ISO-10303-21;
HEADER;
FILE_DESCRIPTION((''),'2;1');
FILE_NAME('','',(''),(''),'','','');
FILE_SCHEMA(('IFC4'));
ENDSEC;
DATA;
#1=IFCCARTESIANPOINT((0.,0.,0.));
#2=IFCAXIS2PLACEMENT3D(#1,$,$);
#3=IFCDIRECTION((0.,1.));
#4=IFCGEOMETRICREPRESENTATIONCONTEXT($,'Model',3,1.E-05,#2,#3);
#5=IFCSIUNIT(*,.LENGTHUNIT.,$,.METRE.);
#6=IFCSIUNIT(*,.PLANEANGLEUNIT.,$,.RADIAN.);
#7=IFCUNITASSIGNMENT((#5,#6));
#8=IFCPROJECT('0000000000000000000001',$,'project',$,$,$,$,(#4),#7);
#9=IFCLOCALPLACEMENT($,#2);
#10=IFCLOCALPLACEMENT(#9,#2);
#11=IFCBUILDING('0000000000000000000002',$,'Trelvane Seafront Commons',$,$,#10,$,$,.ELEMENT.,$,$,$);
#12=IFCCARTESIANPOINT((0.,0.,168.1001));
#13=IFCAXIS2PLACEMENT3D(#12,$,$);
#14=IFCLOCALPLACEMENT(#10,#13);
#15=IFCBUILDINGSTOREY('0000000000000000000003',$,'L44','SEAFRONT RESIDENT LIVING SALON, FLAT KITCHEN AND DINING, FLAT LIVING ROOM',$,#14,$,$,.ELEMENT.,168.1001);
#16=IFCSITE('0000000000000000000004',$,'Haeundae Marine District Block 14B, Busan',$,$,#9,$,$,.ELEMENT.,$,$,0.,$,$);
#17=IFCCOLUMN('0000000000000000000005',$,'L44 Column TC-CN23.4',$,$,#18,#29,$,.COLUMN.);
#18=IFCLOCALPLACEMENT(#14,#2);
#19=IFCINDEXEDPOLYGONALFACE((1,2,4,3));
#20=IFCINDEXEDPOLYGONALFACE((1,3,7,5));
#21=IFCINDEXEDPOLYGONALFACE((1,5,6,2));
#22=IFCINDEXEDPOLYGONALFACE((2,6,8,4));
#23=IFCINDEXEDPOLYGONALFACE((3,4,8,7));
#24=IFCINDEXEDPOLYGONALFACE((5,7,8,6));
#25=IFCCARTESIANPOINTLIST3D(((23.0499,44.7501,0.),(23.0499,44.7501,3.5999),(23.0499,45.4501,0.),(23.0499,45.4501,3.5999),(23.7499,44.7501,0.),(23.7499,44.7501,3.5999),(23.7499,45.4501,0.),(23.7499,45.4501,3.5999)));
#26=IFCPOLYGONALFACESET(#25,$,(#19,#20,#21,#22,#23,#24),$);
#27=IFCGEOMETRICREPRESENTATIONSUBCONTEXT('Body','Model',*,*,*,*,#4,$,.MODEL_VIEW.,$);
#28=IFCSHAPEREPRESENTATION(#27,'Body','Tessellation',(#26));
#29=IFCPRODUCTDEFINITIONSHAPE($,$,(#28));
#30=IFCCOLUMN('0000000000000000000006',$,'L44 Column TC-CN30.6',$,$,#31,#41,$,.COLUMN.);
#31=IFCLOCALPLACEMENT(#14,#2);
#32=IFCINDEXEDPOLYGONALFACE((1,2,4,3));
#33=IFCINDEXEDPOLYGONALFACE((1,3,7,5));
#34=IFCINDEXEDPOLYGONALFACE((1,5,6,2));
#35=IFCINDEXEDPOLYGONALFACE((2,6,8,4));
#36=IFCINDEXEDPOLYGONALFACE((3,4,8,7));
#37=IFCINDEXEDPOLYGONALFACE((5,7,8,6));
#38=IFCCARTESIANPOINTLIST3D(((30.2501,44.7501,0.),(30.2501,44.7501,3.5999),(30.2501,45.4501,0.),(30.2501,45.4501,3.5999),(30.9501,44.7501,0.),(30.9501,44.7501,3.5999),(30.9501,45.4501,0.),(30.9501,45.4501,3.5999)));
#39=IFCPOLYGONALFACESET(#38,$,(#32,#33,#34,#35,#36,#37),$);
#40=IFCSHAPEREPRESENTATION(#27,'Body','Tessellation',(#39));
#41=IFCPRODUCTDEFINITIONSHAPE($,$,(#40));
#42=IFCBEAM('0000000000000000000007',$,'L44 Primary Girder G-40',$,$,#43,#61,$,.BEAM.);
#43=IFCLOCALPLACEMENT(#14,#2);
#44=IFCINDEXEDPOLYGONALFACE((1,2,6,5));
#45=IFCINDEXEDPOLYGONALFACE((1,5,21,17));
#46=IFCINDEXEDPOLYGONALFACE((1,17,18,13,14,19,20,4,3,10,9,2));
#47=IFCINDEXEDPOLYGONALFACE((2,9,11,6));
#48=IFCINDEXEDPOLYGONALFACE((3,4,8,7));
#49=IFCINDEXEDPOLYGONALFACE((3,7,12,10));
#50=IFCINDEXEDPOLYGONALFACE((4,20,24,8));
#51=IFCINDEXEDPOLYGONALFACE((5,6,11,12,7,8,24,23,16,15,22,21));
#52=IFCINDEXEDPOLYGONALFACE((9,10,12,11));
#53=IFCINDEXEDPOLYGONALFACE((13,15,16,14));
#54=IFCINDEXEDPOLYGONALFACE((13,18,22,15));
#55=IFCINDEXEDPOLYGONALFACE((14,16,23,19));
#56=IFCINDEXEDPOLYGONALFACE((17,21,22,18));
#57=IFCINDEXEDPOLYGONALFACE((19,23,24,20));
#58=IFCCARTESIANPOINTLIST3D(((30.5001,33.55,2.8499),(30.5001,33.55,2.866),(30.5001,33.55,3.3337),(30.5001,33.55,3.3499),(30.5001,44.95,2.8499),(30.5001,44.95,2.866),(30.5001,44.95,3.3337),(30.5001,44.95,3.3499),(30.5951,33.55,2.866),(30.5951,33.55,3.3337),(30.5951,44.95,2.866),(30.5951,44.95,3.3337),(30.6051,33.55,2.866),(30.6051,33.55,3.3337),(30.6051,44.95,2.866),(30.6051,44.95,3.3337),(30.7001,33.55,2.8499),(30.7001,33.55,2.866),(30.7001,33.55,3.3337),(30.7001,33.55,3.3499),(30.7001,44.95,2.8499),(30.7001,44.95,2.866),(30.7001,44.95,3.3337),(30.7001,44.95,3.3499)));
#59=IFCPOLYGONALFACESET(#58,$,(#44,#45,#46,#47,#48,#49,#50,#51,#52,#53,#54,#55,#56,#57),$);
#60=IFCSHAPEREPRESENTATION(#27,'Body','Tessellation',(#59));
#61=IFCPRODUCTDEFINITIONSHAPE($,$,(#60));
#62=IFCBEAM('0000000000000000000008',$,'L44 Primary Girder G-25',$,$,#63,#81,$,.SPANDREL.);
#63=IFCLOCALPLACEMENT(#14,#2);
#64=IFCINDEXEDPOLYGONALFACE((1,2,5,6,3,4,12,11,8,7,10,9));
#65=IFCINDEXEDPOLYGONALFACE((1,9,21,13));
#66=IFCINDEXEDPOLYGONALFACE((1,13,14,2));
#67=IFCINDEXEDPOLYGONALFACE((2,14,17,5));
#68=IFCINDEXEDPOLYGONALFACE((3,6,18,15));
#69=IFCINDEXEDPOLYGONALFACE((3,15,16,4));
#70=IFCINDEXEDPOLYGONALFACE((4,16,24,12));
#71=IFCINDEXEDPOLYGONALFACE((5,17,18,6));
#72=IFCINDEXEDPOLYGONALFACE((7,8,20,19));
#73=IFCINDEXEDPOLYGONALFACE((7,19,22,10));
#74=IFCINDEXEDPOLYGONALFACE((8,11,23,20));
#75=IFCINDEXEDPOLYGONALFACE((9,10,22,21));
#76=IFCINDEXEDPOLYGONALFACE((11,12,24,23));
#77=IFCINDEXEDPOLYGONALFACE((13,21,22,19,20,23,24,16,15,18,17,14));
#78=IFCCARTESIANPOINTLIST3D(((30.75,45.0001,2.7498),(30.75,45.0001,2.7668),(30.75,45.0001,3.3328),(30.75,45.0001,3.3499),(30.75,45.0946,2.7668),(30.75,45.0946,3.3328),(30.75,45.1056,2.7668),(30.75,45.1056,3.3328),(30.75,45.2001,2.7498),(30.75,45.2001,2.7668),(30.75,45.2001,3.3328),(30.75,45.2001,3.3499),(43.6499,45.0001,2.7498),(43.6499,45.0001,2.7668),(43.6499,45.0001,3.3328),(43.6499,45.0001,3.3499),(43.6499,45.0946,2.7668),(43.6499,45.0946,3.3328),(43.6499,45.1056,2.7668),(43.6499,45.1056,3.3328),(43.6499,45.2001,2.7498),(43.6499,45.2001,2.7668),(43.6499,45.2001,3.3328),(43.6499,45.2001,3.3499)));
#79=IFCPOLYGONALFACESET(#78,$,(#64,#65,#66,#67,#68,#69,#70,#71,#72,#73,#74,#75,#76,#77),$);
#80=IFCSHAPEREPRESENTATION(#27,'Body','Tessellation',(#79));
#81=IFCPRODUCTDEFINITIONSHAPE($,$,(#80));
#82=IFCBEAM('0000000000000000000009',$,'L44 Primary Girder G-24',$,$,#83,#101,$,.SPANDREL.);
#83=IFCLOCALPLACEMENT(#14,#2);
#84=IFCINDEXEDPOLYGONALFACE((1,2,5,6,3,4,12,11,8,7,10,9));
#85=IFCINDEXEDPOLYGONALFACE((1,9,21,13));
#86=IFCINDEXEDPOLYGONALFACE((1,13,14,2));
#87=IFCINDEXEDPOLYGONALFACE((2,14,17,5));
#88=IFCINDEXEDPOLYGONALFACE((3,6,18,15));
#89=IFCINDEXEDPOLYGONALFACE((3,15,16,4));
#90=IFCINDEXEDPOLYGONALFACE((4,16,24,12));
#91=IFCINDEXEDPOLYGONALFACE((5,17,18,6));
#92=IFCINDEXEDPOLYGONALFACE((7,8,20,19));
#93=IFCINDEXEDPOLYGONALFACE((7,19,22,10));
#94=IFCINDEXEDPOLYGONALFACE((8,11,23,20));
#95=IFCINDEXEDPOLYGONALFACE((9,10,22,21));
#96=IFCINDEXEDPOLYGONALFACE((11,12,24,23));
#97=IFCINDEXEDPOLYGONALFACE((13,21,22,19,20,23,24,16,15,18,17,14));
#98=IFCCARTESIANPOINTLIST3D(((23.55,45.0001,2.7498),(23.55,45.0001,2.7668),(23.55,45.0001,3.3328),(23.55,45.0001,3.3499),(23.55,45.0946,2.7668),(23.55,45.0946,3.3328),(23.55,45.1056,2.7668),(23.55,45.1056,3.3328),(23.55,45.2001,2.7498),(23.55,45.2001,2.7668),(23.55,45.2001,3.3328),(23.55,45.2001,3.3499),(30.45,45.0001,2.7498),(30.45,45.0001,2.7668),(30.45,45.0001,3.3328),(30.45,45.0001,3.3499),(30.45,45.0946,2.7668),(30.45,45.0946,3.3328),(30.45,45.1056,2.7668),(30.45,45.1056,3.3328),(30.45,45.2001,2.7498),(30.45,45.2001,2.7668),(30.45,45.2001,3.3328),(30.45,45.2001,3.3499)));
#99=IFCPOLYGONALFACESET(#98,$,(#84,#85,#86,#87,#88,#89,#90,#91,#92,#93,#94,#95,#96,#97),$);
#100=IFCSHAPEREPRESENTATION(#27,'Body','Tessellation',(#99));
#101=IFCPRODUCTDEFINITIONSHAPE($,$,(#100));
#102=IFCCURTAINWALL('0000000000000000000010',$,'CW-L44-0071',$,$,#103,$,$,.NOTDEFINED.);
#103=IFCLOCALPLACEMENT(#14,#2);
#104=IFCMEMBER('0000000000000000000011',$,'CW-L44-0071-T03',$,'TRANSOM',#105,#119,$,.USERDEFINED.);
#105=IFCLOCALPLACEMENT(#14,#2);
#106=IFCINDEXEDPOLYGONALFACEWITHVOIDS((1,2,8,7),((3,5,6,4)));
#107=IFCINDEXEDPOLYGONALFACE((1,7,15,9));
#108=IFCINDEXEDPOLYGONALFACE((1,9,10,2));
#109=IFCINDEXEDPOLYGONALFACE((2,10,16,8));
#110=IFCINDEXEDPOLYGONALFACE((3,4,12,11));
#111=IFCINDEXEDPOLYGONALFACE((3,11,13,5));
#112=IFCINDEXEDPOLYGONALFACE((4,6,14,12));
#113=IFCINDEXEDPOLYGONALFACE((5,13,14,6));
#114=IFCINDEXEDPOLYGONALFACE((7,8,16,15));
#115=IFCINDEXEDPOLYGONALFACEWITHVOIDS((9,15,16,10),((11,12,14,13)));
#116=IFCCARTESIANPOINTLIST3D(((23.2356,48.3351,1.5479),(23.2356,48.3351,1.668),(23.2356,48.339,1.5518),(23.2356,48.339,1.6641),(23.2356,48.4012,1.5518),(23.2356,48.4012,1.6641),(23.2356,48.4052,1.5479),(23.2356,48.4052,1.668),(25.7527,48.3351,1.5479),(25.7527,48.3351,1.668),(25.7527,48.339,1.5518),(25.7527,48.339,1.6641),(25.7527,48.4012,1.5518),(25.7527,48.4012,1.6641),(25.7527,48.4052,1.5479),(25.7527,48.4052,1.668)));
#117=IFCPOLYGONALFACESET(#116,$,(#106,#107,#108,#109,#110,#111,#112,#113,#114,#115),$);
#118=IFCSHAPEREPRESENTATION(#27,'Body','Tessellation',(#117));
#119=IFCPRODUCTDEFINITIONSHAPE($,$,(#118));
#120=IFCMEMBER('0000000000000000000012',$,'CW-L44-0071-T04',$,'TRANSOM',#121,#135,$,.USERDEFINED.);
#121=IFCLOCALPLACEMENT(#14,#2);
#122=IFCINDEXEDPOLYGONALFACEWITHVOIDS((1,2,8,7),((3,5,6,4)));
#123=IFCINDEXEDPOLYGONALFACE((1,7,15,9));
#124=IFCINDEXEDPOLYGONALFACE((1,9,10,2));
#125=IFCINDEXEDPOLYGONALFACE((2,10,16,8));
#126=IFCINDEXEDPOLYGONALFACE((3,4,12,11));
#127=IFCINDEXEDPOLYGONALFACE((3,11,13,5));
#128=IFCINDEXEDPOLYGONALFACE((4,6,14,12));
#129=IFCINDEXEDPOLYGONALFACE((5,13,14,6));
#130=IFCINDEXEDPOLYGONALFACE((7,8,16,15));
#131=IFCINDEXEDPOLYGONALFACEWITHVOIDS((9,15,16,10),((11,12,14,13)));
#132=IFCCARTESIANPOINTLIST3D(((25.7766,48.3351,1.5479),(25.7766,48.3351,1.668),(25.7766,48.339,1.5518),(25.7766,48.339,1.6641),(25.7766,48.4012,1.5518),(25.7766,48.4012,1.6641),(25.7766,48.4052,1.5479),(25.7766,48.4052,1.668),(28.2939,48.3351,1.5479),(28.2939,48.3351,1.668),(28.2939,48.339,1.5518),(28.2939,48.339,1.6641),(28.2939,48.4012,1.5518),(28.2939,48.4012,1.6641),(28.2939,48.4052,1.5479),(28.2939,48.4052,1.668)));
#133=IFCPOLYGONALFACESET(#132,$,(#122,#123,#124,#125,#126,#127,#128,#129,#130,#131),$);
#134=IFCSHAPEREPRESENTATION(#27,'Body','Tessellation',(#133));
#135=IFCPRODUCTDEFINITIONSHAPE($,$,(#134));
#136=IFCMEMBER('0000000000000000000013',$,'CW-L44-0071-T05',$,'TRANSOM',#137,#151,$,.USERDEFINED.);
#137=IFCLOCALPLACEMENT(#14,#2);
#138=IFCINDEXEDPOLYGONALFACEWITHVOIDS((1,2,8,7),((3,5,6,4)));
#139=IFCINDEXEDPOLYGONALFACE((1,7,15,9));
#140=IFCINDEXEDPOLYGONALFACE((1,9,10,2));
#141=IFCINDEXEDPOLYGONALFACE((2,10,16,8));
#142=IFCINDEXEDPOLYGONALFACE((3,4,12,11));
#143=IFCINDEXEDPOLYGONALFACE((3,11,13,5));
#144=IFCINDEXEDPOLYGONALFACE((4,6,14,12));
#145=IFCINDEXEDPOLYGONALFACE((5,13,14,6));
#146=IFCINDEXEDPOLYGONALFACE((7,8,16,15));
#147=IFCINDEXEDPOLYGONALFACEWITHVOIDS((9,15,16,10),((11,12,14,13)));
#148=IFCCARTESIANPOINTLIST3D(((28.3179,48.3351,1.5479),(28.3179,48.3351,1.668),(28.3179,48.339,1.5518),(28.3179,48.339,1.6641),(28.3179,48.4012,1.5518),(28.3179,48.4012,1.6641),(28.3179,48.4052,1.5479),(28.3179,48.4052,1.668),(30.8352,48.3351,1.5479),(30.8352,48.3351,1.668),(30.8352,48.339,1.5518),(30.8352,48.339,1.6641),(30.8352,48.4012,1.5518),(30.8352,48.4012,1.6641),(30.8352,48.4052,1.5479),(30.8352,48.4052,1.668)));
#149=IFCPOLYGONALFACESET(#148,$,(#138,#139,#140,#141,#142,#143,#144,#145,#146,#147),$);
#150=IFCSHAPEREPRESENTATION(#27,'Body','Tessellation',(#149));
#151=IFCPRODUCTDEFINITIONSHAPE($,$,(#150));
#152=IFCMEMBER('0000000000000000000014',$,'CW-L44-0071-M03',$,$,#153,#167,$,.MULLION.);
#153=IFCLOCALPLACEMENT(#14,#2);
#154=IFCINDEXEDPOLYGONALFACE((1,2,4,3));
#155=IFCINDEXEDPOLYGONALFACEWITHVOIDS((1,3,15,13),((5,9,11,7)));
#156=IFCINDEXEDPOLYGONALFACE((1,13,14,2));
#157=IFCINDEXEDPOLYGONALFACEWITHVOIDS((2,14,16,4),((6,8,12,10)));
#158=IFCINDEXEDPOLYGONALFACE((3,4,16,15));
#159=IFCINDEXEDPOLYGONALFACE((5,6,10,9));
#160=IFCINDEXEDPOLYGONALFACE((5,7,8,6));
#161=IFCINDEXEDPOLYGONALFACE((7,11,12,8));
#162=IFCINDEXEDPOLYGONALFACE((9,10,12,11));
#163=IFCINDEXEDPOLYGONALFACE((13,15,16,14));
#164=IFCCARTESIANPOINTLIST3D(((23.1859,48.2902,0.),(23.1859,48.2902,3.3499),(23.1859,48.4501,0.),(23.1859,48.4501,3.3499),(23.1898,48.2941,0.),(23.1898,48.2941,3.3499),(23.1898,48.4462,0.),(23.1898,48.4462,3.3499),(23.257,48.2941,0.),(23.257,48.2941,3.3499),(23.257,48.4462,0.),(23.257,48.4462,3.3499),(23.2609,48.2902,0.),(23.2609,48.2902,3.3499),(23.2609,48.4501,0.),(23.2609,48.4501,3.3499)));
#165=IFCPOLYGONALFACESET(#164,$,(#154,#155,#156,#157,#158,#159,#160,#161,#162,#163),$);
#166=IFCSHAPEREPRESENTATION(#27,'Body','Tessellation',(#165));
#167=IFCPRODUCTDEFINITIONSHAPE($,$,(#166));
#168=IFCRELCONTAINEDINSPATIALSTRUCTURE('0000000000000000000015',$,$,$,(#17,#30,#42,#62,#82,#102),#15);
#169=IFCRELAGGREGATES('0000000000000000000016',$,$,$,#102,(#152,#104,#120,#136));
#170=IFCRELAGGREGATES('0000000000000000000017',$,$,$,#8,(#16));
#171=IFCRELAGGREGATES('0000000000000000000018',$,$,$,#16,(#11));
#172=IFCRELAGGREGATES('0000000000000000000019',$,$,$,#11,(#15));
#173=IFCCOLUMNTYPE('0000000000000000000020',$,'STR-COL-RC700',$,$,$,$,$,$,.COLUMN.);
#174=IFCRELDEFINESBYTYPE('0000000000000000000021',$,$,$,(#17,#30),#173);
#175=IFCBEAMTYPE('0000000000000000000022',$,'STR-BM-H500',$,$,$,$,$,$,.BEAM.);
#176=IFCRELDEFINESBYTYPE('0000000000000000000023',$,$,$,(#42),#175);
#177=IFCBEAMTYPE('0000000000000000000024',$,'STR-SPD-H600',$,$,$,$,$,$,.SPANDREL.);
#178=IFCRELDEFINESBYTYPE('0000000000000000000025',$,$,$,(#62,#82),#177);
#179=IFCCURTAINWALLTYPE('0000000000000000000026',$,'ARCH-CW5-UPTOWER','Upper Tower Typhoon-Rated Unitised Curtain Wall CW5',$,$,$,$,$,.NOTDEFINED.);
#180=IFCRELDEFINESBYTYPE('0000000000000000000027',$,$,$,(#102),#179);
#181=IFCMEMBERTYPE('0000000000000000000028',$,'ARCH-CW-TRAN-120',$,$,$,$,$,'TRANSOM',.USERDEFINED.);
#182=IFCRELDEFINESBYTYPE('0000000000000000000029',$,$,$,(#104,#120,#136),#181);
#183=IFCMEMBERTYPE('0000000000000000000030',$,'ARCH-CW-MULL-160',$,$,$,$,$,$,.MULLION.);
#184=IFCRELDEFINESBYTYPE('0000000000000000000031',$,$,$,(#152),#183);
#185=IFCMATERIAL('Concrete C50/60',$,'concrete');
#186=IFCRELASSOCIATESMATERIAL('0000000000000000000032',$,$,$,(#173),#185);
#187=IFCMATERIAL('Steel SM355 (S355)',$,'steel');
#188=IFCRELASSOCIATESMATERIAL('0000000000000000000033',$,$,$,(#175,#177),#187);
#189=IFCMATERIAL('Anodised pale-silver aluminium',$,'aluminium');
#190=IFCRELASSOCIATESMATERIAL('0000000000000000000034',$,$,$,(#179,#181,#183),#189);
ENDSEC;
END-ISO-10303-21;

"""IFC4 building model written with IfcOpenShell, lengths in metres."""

from ifc_helpers import new_model, si_unit, direction, frame, origin, origin_2d, place, context, subcontext, project, spatial, rectangle, hollow_rectangle, i_section, extrude, source, transform, mapped, material, material_profile, profile_set, type_object, element, aggregate, save


model = new_model("IFC4")

# Units and contexts
model_context = context("Model", 3, precision=1e-05, world=origin(), true_north=direction((0.0, 1.0)))
body_context = subcontext(model_context, "Body", "Model", "MODEL_VIEW")
ifc_project = project(units=[si_unit("LENGTHUNIT", "METRE"), si_unit("PLANEANGLEUNIT", "RADIAN")], contexts=[model_context])

# Site, building, storey
site_placement = place(None, origin())
site = spatial("IfcSite", under=ifc_project, at=site_placement, Name="Haeundae Marine District Block 14B, Busan", CompositionType="ELEMENT", RefElevation=0.0)
building_placement = place(site_placement, origin())
building = spatial("IfcBuilding", under=site, at=building_placement, Name="Trelvane Seafront Commons", CompositionType="ELEMENT")
storey_placement = place(building_placement, frame((0.0, 0.0, 168.1001)))
storey = spatial("IfcBuildingStorey", under=building, at=storey_placement, Name="L44", Description="SEAFRONT RESIDENT LIVING SALON, FLAT KITCHEN AND DINING, FLAT LIVING ROOM", CompositionType="ELEMENT", Elevation=168.1001)

# Columns
ifc_material_1 = material(Name="Concrete C50/60", Category="concrete")
ifc_material_profile_1 = material_profile(ifc_material_1, rectangle(XDim=0.7, YDim=0.7, at=origin_2d()), Name="RC-700x700")
ifc_profile_set_1 = profile_set([ifc_material_profile_1], Name="Concrete C50/60")
column_type = type_object("IfcColumnType", Name="STR-COL-RC700", PredefinedType="COLUMN", material=ifc_profile_set_1)
shared_shape_1 = source(origin(), body_context, "Body", "SweptSolid", [
    extrude(rectangle(XDim=0.7, YDim=0.7, at=origin_2d()), origin(), (0.0, 0.0, 1.0), 3.5999),
])
for number, where, z_axis, x_axis, name in (
    (1, (23.3999, 45.1001, 0.0), (0.0, 0.0, 1.0), (1.0, 0.0, 0.0), "L44 Column TC-CN23.4"),
    (2, (30.6001, 45.1001, 0.0), (0.0, 0.0, 1.0), (1.0, 0.0, 0.0), "L44 Column TC-CN30.6"),
):
    element("IfcColumn", number, at=place(storey_placement, frame(where, z_axis=z_axis, x_axis=x_axis)), inside=storey, type_object=column_type, Name=name, PredefinedType="COLUMN", context=body_context, shape_type="MappedRepresentation", body=[
        mapped(shared_shape_1, transform((0.0, 0.0, 0.0), x_axis=(1.0, 0.0, 0.0), y_axis=(0.0, 1.0, 0.0), z_axis=(0.0, 0.0, 1.0), scale=1.0)),
    ])

# Beams
ifc_material_2 = material(Name="Steel SM355 (S355)", Category="steel")
ifc_material_profile_2 = material_profile(ifc_material_2, i_section(OverallWidth=0.2, OverallDepth=0.5, WebThickness=0.01, FlangeThickness=0.0161, at=origin_2d()), Name="H-500x200x10x16")
ifc_profile_set_2 = profile_set([ifc_material_profile_2], Name="Steel SM355 (S355)")
beam_type_1 = type_object("IfcBeamType", Name="STR-BM-H500", PredefinedType="BEAM", material=ifc_profile_set_2)
shared_shape_2 = source(origin(), body_context, "Body", "SweptSolid", [
    extrude(i_section(OverallWidth=0.2, OverallDepth=0.5, WebThickness=0.01, FlangeThickness=0.0161, at=origin_2d()), origin(), (0.0, 0.0, 1.0), 11.3999),
])
beam_1_placement = place(storey_placement, frame((30.6001, 33.55, 3.0999), z_axis=(0.0, 1.0, 0.0), x_axis=(-1.0, 0.0, 0.0)))
element("IfcBeam", 3, at=beam_1_placement, inside=storey, type_object=beam_type_1, Name="L44 Primary Girder G-40", PredefinedType="BEAM", context=body_context, shape_type="MappedRepresentation", body=[
    mapped(shared_shape_2, transform((0.0, 0.0, 0.0), x_axis=(1.0, 0.0, 0.0), y_axis=(0.0, 1.0, 0.0), z_axis=(0.0, 0.0, 1.0), scale=1.0)),
])
ifc_material_profile_3 = material_profile(ifc_material_2, i_section(OverallWidth=0.2, OverallDepth=0.6001, WebThickness=0.011, FlangeThickness=0.0171, at=origin_2d()), Name="H-600x200x11x17")
ifc_profile_set_3 = profile_set([ifc_material_profile_3], Name="Steel SM355 (S355)")
beam_type_2 = type_object("IfcBeamType", Name="STR-SPD-H600", PredefinedType="SPANDREL", material=ifc_profile_set_3)
shared_shape_3 = source(origin(), body_context, "Body", "SweptSolid", [
    extrude(i_section(OverallWidth=0.2, OverallDepth=0.6001, WebThickness=0.011, FlangeThickness=0.0171, at=origin_2d()), origin(), (0.0, 0.0, 1.0), 12.8999),
])
beam_2_placement = place(storey_placement, frame((30.75, 45.1001, 3.0498), z_axis=(1.0, 0.0, 0.0), x_axis=(0.0, 1.0, 0.0)))
element("IfcBeam", 4, at=beam_2_placement, inside=storey, type_object=beam_type_2, Name="L44 Primary Girder G-25", PredefinedType="SPANDREL", context=body_context, shape_type="MappedRepresentation", body=[
    mapped(shared_shape_3, transform((0.0, 0.0, 0.0), x_axis=(1.0, 0.0, 0.0), y_axis=(0.0, 1.0, 0.0), z_axis=(0.0, 0.0, 1.0), scale=1.0)),
])
shared_shape_4 = source(origin(), body_context, "Body", "SweptSolid", [
    extrude(i_section(OverallWidth=0.2, OverallDepth=0.6001, WebThickness=0.011, FlangeThickness=0.0171, at=origin_2d()), origin(), (0.0, 0.0, 1.0), 6.8999),
])
beam_3_placement = place(storey_placement, frame((23.55, 45.1001, 3.0498), z_axis=(1.0, 0.0, 0.0), x_axis=(0.0, 1.0, 0.0)))
element("IfcBeam", 5, at=beam_3_placement, inside=storey, type_object=beam_type_2, Name="L44 Primary Girder G-24", PredefinedType="SPANDREL", context=body_context, shape_type="MappedRepresentation", body=[
    mapped(shared_shape_4, transform((0.0, 0.0, 0.0), x_axis=(1.0, 0.0, 0.0), y_axis=(0.0, 1.0, 0.0), z_axis=(0.0, 0.0, 1.0), scale=1.0)),
])

# Curtain wall, members
ifc_material_3 = material(Name="Anodised pale-silver aluminium", Category="aluminium")
curtain_wall_type = type_object("IfcCurtainWallType", Name="ARCH-CW5-UPTOWER", Description="Upper Tower Typhoon-Rated Unitised Curtain Wall CW5", PredefinedType="NOTDEFINED", material=ifc_material_3)
curtain_wall_placement = place(storey_placement, origin())
curtain_wall = element("IfcCurtainWall", 6, at=curtain_wall_placement, inside=storey, type_object=curtain_wall_type, Name="CW-L44-0071", PredefinedType="NOTDEFINED")
ifc_material_profile_4 = material_profile(ifc_material_3, hollow_rectangle(XDim=0.0701, YDim=0.1201, WallThickness=0.0039, at=origin_2d()), Name="TRAN-70x120x4")
ifc_profile_set_4 = profile_set([ifc_material_profile_4], Name="Anodised pale-silver aluminium")
member_type_1 = type_object("IfcMemberType", Name="ARCH-CW-TRAN-120", ElementType="TRANSOM", PredefinedType="USERDEFINED", material=ifc_profile_set_4)
shared_shape_5 = source(origin(), body_context, "Body", "SweptSolid", [
    extrude(hollow_rectangle(XDim=0.0701, YDim=0.1201, WallThickness=0.0039, at=origin_2d()), origin(), (0.0, 0.0, 1.0), 2.5171),
])
member_1_placement = place(storey_placement, frame((23.2356, 48.3701, 1.6079), z_axis=(1.0, 0.0, 0.0), x_axis=(0.0, 1.0, 0.0)))
member_1 = element("IfcMember", 7, at=member_1_placement, type_object=member_type_1, Name="CW-L44-0071-T03", ObjectType="TRANSOM", PredefinedType="USERDEFINED", context=body_context, shape_type="MappedRepresentation", body=[
    mapped(shared_shape_5, transform((0.0, 0.0, 0.0), x_axis=(1.0, 0.0, 0.0), y_axis=(0.0, 1.0, 0.0), z_axis=(0.0, 0.0, 1.0), scale=1.0)),
])
shared_shape_6 = source(origin(), body_context, "Body", "SweptSolid", [
    extrude(hollow_rectangle(XDim=0.0701, YDim=0.1201, WallThickness=0.0039, at=origin_2d()), origin(), (0.0, 0.0, 1.0), 2.5173),
])
member_2_placement = place(storey_placement, frame((25.7766, 48.3701, 1.6079), z_axis=(1.0, 0.0, 0.0), x_axis=(0.0, 1.0, 0.0)))
member_2 = element("IfcMember", 8, at=member_2_placement, type_object=member_type_1, Name="CW-L44-0071-T04", ObjectType="TRANSOM", PredefinedType="USERDEFINED", context=body_context, shape_type="MappedRepresentation", body=[
    mapped(shared_shape_6, transform((0.0, 0.0, 0.0), x_axis=(1.0, 0.0, 0.0), y_axis=(0.0, 1.0, 0.0), z_axis=(0.0, 0.0, 1.0), scale=1.0)),
])
member_3_placement = place(storey_placement, frame((28.3179, 48.3701, 1.6079), z_axis=(1.0, 0.0, 0.0), x_axis=(0.0, 1.0, 0.0)))
member_3 = element("IfcMember", 9, at=member_3_placement, type_object=member_type_1, Name="CW-L44-0071-T05", ObjectType="TRANSOM", PredefinedType="USERDEFINED", context=body_context, shape_type="MappedRepresentation", body=[
    mapped(shared_shape_6, transform((0.0, 0.0, 0.0), x_axis=(1.0, 0.0, 0.0), y_axis=(0.0, 1.0, 0.0), z_axis=(0.0, 0.0, 1.0), scale=1.0)),
])
ifc_material_profile_5 = material_profile(ifc_material_3, hollow_rectangle(XDim=0.075, YDim=0.1599, WallThickness=0.0039, at=origin_2d()), Name="MULL-75x160x4")
ifc_profile_set_5 = profile_set([ifc_material_profile_5], Name="Anodised pale-silver aluminium")
member_type_2 = type_object("IfcMemberType", Name="ARCH-CW-MULL-160", PredefinedType="MULLION", material=ifc_profile_set_5)
shared_shape_7 = source(origin(), body_context, "Body", "SweptSolid", [
    extrude(hollow_rectangle(XDim=0.075, YDim=0.1599, WallThickness=0.0039, at=origin_2d()), origin(), (0.0, 0.0, 1.0), 3.3499),
])
member_4_placement = place(storey_placement, frame((23.2234, 48.3701, 0.0), z_axis=(0.0, 0.0, 1.0), x_axis=(1.0, 0.0, 0.0)))
member_4 = element("IfcMember", 10, at=member_4_placement, type_object=member_type_2, Name="CW-L44-0071-M03", PredefinedType="MULLION", context=body_context, shape_type="MappedRepresentation", body=[
    mapped(shared_shape_7, transform((0.0, 0.0, 0.0), x_axis=(1.0, 0.0, 0.0), y_axis=(0.0, 1.0, 0.0), z_axis=(0.0, 0.0, 1.0), scale=1.0)),
])
aggregate(curtain_wall, [member_4, member_1, member_2, member_3])

save(model, "model.ifc")
